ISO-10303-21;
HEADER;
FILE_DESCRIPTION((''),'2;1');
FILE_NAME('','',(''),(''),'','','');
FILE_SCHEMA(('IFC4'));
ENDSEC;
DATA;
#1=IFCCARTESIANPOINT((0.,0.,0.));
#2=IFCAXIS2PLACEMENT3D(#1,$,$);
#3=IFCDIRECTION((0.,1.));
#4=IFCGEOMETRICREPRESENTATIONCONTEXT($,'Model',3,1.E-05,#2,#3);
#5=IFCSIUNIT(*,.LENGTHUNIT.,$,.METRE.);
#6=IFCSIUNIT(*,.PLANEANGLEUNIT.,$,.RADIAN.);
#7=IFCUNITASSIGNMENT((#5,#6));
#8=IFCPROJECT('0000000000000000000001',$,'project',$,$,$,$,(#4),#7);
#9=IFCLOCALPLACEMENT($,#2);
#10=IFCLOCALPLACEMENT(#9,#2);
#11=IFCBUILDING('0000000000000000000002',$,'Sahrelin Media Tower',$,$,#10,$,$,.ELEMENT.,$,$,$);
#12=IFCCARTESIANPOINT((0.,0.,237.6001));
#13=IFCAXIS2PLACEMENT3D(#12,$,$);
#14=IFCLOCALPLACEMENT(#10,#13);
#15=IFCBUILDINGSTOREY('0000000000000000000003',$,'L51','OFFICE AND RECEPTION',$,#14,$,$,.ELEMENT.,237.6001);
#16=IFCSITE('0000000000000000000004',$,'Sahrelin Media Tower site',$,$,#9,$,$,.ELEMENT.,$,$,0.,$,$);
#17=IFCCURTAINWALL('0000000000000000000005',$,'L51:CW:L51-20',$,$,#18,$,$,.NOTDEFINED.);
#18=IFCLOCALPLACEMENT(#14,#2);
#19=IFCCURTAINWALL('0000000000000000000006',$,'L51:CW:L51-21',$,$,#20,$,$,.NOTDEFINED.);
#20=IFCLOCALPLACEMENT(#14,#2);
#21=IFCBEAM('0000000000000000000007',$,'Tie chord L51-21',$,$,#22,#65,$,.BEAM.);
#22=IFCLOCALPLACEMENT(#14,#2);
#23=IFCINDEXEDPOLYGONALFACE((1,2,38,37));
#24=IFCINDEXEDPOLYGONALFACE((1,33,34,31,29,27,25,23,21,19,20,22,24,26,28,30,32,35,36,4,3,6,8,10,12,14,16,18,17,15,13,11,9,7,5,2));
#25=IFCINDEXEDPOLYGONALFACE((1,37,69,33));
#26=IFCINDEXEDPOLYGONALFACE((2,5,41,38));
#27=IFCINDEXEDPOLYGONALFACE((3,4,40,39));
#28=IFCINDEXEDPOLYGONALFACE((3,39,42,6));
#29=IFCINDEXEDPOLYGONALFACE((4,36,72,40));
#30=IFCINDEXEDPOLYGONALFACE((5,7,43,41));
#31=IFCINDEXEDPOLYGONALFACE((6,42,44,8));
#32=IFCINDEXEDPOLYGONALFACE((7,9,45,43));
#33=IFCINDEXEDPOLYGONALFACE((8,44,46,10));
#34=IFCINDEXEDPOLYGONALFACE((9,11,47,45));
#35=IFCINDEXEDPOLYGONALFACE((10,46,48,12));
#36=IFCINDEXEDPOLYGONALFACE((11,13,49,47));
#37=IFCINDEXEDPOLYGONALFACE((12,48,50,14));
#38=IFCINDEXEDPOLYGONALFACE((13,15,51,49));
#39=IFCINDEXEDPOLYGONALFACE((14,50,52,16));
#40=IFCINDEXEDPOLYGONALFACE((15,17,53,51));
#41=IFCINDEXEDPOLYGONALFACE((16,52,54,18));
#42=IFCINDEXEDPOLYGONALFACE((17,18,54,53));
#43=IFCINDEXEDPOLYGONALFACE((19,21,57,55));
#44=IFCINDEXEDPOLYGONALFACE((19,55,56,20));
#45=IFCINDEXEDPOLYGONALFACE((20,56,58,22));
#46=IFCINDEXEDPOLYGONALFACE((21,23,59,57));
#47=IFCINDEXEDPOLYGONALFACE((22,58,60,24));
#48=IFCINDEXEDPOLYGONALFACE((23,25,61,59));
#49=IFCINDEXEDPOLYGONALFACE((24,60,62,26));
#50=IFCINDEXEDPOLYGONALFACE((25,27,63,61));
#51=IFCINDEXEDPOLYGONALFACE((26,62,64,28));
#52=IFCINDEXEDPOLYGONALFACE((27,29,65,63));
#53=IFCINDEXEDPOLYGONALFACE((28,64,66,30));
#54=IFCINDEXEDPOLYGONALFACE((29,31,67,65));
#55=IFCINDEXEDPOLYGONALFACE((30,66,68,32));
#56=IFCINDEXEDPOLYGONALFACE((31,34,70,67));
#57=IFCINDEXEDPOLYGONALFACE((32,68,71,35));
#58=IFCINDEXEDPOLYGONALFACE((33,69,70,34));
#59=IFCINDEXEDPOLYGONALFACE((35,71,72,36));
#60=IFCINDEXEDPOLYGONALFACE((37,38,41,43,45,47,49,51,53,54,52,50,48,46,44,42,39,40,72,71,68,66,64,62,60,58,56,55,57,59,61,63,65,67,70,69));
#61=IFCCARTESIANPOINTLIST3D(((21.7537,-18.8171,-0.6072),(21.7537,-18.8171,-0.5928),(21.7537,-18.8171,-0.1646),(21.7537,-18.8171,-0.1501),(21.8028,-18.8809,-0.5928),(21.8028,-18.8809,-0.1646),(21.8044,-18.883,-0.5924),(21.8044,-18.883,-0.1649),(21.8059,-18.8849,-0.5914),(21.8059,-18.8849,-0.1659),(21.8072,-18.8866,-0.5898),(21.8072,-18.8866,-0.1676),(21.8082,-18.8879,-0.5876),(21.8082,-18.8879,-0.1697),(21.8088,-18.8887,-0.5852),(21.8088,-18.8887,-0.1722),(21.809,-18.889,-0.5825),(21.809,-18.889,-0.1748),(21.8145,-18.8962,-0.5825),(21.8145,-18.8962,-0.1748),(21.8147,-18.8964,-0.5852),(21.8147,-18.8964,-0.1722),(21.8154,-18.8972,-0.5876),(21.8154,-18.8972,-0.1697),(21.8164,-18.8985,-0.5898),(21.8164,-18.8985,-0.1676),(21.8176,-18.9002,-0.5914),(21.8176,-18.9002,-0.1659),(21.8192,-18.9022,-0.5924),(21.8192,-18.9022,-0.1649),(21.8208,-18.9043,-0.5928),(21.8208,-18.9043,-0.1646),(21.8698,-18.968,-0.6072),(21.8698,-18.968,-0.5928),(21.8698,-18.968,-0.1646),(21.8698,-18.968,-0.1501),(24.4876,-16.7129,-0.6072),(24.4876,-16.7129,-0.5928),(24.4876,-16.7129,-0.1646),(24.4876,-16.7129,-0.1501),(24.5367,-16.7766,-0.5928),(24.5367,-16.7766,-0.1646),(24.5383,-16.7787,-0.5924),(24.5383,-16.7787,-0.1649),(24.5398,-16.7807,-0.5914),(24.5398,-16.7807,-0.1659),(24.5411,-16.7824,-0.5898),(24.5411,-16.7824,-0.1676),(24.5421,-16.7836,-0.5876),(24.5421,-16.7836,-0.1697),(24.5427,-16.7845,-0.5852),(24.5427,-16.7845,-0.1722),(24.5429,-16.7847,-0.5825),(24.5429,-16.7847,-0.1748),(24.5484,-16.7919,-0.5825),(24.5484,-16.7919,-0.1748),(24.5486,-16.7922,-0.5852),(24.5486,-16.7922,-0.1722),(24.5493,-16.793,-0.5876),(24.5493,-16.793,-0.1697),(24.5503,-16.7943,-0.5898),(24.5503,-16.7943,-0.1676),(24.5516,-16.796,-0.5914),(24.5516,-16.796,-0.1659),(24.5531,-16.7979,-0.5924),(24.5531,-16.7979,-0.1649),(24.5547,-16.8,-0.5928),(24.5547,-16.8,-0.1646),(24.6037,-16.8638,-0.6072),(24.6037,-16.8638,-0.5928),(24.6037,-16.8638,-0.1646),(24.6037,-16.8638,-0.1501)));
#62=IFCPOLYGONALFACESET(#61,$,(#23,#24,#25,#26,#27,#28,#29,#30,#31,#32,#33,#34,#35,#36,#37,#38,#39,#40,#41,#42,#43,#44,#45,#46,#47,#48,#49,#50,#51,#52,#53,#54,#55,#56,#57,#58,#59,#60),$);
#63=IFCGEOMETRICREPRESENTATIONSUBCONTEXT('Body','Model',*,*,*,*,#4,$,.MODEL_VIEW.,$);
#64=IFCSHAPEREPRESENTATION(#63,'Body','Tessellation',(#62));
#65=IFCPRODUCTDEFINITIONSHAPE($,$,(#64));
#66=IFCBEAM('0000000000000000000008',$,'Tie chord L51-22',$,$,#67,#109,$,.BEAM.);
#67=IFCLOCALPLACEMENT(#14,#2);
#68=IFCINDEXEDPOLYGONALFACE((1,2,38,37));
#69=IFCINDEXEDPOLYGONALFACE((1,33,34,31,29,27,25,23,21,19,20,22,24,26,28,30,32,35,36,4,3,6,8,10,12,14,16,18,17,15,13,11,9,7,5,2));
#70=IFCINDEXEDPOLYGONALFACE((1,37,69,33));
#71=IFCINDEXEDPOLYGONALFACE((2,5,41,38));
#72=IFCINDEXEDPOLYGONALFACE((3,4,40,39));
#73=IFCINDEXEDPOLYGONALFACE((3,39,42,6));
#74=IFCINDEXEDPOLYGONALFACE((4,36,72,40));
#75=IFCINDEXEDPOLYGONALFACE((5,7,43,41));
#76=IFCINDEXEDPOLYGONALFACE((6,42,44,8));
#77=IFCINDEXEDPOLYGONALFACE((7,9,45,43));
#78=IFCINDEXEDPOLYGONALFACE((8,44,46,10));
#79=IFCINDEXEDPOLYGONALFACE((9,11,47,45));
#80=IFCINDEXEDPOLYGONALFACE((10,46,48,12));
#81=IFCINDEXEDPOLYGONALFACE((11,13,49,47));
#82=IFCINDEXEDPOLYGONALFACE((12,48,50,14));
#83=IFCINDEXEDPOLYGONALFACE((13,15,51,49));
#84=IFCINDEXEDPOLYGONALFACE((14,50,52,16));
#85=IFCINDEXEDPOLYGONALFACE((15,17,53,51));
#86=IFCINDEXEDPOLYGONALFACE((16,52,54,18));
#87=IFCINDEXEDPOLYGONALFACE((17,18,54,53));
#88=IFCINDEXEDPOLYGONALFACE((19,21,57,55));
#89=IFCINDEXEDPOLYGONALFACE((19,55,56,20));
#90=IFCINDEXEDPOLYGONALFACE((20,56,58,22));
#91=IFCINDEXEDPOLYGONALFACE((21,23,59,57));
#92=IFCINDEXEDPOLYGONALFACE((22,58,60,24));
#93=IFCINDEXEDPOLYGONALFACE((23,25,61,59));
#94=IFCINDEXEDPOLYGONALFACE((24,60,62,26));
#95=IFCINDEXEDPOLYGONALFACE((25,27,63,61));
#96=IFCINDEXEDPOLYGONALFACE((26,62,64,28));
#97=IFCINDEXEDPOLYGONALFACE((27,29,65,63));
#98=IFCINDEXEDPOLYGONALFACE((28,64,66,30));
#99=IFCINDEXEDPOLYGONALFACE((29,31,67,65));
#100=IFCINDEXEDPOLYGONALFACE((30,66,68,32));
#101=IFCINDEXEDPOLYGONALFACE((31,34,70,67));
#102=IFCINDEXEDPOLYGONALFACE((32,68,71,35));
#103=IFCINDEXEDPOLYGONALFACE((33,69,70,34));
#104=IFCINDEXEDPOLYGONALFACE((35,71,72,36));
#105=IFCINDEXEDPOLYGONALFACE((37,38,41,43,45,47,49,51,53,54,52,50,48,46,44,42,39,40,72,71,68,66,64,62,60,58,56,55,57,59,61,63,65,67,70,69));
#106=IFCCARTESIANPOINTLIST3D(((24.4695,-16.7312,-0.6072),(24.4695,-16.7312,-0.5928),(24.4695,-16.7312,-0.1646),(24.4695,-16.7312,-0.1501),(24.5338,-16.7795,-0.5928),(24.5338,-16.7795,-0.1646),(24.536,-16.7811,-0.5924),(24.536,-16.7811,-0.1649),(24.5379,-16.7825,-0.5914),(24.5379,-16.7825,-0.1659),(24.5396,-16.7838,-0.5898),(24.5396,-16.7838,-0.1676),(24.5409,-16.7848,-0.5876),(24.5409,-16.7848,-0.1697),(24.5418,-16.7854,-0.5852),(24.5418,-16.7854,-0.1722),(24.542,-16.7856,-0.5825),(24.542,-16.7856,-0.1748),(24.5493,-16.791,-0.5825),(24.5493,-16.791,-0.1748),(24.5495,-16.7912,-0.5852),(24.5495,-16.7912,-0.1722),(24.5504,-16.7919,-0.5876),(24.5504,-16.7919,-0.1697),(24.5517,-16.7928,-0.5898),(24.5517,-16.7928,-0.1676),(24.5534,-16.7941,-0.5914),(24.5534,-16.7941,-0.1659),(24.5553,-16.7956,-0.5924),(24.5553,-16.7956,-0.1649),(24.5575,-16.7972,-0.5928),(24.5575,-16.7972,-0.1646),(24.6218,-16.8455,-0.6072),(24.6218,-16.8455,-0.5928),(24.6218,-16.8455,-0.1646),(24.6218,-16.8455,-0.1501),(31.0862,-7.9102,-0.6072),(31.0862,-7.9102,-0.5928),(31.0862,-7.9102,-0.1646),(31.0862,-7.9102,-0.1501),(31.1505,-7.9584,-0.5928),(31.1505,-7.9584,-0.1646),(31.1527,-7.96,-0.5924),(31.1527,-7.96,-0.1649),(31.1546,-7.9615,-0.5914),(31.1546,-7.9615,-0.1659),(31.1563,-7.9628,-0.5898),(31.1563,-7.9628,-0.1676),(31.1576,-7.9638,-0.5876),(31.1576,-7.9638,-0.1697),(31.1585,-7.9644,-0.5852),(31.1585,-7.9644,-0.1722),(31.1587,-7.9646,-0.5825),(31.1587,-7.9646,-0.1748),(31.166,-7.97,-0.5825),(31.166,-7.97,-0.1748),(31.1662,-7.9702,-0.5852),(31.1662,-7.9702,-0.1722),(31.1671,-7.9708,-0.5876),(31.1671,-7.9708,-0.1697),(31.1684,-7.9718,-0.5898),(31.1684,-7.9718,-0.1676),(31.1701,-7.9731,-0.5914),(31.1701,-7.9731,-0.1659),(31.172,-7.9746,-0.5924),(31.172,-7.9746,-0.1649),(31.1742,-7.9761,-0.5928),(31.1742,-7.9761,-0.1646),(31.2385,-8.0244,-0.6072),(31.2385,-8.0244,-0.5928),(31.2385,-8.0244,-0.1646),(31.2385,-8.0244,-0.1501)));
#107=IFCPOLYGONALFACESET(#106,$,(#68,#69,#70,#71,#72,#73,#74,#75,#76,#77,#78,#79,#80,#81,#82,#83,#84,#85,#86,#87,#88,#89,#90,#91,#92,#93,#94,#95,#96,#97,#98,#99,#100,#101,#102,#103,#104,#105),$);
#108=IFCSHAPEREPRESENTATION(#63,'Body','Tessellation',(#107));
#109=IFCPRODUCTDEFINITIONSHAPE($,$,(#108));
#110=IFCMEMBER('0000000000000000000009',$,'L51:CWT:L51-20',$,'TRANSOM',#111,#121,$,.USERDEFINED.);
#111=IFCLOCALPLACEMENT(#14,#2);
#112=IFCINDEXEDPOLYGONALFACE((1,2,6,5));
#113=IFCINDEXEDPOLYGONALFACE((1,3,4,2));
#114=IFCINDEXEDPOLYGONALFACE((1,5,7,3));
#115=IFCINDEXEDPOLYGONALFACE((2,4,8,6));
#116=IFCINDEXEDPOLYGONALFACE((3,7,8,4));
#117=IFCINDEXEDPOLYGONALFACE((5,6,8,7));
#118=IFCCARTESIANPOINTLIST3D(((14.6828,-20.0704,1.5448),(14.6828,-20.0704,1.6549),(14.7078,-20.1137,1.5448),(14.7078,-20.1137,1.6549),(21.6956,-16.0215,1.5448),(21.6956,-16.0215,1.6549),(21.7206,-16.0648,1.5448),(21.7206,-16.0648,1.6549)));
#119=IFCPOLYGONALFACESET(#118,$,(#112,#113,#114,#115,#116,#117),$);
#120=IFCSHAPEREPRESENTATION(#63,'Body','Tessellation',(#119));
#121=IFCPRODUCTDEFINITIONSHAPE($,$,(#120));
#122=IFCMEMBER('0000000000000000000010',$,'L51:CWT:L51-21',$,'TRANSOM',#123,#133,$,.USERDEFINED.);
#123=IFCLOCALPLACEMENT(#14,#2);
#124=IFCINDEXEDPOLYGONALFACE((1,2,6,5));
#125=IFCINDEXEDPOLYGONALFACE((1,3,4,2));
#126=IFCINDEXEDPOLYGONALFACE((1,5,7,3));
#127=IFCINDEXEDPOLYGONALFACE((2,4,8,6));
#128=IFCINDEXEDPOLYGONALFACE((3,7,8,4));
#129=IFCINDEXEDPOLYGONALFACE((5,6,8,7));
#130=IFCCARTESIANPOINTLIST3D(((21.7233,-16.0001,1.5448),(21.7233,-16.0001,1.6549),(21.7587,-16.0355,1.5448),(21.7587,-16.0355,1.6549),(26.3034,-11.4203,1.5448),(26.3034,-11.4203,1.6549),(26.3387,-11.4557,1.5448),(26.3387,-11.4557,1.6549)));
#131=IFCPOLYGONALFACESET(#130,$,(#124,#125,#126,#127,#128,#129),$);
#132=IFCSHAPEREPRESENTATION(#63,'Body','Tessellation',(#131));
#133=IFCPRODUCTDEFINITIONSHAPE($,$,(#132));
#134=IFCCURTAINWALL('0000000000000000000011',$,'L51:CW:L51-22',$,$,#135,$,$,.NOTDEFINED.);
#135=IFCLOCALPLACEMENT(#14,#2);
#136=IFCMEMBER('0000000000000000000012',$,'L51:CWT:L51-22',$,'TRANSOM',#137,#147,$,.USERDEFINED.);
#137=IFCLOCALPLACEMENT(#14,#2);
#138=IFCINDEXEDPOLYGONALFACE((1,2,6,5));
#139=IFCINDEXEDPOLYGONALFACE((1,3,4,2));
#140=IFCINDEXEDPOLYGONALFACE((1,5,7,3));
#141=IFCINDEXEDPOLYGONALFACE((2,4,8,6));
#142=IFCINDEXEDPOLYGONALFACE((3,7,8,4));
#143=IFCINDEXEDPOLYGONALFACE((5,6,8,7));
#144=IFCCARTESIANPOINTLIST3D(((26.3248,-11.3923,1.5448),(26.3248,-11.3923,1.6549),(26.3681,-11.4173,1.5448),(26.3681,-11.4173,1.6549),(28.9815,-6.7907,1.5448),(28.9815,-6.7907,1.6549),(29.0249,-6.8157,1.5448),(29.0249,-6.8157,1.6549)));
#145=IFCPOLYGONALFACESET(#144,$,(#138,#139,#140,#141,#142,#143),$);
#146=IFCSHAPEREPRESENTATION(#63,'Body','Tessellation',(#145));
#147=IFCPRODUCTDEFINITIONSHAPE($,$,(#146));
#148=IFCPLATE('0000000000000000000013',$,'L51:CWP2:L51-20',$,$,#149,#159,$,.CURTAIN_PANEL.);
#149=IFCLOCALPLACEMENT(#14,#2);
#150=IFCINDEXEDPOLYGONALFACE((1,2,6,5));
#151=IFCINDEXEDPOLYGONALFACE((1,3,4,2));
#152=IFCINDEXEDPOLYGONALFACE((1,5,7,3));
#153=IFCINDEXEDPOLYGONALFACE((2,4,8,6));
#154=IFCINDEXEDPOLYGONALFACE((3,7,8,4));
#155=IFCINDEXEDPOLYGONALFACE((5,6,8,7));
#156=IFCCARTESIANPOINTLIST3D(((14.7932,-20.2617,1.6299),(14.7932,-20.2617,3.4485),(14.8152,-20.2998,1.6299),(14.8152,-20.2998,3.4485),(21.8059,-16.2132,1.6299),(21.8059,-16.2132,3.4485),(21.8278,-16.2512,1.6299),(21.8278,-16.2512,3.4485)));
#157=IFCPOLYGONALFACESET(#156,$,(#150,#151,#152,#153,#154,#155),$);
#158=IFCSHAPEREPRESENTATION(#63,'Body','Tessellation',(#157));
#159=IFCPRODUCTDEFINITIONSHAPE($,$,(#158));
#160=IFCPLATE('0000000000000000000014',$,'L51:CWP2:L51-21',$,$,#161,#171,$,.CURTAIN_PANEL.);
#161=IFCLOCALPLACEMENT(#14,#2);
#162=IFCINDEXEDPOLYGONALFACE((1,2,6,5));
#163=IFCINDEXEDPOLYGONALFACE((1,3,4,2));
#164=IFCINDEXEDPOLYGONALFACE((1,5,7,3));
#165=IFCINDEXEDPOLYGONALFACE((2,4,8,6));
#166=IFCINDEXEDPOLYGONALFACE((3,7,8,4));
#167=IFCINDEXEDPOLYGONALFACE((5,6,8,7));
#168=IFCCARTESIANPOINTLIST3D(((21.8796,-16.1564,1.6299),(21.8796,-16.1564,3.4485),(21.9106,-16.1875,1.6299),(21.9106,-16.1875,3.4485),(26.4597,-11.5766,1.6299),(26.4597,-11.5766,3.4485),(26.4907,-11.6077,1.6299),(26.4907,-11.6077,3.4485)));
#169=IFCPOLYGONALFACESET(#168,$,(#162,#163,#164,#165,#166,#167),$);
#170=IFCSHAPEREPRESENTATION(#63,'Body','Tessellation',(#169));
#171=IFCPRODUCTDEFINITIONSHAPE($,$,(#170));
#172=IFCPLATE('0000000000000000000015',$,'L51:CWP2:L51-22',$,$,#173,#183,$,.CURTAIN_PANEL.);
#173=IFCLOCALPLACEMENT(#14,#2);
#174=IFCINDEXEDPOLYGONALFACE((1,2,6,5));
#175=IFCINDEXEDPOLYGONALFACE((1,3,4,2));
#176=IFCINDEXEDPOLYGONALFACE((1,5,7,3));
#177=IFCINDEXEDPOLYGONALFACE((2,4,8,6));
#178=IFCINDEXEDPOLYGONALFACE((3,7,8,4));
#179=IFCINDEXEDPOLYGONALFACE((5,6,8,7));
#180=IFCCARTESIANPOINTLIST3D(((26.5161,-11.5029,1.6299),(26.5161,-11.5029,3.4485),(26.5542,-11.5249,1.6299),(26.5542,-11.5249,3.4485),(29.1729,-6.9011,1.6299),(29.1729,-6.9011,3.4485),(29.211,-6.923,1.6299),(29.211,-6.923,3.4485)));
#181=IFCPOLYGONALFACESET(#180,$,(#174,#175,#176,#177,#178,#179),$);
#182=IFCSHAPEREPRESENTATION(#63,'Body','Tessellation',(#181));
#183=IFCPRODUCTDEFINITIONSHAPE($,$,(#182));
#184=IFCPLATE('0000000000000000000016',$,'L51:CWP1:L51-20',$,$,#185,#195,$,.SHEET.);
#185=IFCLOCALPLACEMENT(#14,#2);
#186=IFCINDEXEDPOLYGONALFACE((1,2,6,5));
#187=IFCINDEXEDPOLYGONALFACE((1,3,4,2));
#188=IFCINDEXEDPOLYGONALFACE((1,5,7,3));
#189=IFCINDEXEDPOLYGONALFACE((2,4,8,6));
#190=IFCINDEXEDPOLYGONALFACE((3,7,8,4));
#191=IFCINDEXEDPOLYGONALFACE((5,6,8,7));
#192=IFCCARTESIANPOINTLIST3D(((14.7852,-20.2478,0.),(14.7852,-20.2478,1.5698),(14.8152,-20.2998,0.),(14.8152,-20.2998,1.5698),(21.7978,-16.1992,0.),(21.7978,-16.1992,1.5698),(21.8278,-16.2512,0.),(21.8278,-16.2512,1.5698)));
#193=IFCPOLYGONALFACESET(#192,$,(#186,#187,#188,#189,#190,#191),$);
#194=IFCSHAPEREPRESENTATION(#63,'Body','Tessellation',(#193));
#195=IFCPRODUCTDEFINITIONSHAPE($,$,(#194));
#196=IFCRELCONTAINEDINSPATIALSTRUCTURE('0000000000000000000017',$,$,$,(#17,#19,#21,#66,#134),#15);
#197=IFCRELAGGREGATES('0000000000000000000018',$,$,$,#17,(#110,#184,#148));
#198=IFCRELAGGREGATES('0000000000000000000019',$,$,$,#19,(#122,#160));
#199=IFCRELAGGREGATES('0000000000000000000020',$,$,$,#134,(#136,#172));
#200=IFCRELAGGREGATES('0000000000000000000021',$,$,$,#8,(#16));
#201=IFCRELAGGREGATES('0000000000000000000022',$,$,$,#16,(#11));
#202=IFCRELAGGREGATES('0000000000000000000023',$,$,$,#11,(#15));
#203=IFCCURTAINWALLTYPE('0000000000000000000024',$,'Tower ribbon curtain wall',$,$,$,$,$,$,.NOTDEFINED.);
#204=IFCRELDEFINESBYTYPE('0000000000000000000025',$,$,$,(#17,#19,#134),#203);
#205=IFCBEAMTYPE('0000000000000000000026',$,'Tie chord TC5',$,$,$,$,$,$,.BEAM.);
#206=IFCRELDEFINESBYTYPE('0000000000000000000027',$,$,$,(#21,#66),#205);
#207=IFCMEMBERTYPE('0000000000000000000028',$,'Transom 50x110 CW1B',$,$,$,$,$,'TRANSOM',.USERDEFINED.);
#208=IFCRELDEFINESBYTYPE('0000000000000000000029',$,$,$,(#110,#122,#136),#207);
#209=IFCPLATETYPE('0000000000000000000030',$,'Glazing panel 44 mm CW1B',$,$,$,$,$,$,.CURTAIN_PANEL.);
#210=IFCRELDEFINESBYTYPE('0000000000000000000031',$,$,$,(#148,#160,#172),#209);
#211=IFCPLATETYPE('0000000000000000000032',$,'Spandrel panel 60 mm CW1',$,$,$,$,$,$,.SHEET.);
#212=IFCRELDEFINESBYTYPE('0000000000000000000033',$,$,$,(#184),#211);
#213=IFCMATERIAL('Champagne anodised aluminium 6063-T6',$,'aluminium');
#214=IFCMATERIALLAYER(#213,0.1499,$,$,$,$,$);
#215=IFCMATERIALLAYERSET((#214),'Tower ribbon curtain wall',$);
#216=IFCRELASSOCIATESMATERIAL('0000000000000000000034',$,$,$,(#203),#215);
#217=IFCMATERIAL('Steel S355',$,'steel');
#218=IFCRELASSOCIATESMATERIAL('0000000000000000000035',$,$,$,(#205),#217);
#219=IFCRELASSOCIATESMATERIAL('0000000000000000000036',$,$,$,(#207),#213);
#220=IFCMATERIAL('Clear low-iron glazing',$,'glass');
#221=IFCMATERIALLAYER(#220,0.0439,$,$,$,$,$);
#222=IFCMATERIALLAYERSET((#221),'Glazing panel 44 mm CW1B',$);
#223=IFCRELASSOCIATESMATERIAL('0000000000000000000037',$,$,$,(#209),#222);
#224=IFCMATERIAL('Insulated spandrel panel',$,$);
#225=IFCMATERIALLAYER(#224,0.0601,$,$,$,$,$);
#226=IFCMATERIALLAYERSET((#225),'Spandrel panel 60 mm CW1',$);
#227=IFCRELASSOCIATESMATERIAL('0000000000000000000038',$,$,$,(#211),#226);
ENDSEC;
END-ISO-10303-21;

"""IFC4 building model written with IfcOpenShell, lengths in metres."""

from ifc_helpers import new_model, si_unit, direction, frame, origin, origin_2d, place, context, subcontext, project, spatial, polyline, rectangle, i_section, outline, extrude, material, layer, layer_set, material_profile, profile_set, type_object, element, aggregate, save


model = new_model("IFC4")

# Units and contexts
model_context = context("Model", 3, precision=1e-05, world=origin(), true_north=direction((0.0, 1.0)))
body_context = subcontext(model_context, "Body", "Model", "MODEL_VIEW")
ifc_project = project(units=[si_unit("LENGTHUNIT", "METRE"), si_unit("PLANEANGLEUNIT", "RADIAN")], contexts=[model_context])

# Site, building, storey
site_placement = place(None, origin())
site = spatial("IfcSite", under=ifc_project, at=site_placement, Name="Sahrelin Media Tower site", CompositionType="ELEMENT", RefElevation=0.0)
building_placement = place(site_placement, origin())
building = spatial("IfcBuilding", under=site, at=building_placement, Name="Sahrelin Media Tower", CompositionType="ELEMENT")
storey_placement = place(building_placement, frame((0.0, 0.0, 237.6001)))
storey = spatial("IfcBuildingStorey", under=building, at=storey_placement, Name="L51", Description="OFFICE AND RECEPTION", CompositionType="ELEMENT", Elevation=237.6001)

# Shared definitions
ifc_material_1 = material(Name="Steel S355", Category="steel")

# Curtain walls
ifc_material_2 = material(Name="Champagne anodised aluminium 6063-T6", Category="aluminium")
ifc_layer_1 = layer(ifc_material_2, 0.1499)
ifc_layer_set_1 = layer_set([ifc_layer_1], Name="Tower ribbon curtain wall")
curtain_wall_type = type_object("IfcCurtainWallType", Name="Tower ribbon curtain wall", PredefinedType="NOTDEFINED", material=ifc_layer_set_1)
curtain_wall_1_placement = place(storey_placement, frame((18.3115, -18.2581, 0.0), z_axis=(0.0, 0.0, 1.0), x_axis=(1.0, 0.0, 0.0)))
curtain_wall_1 = element("IfcCurtainWall", 1, at=curtain_wall_1_placement, inside=storey, type_object=curtain_wall_type, Name="L51:CW:L51-20", PredefinedType="NOTDEFINED")
curtain_wall_2_placement = place(storey_placement, frame((24.1865, -13.8835, 0.0), z_axis=(0.0, 0.0, 1.0), x_axis=(1.0, 0.0, 0.0)))
curtain_wall_2 = element("IfcCurtainWall", 2, at=curtain_wall_2_placement, inside=storey, type_object=curtain_wall_type, Name="L51:CW:L51-21", PredefinedType="NOTDEFINED")

# Beams
ifc_material_profile_1 = material_profile(ifc_material_1, i_section(OverallWidth=0.1904, OverallDepth=0.457, WebThickness=0.009, FlangeThickness=0.0144, FilletRadius=0.0103, at=origin_2d()), Name="UB 457x191x74")
ifc_profile_set_1 = profile_set([ifc_material_profile_1], Name="Steel S355")
beam_type_1 = type_object("IfcBeamType", Name="Tie chord TC5", PredefinedType="BEAM", material=ifc_profile_set_1)
beam_1_placement = place(storey_placement, frame((21.8118, -18.8926, -0.3787), z_axis=(0.792448, 0.60994, 0.0), x_axis=(-0.60994, 0.792448, 0.0)))
element("IfcBeam", 3, at=beam_1_placement, inside=storey, type_object=beam_type_1, Name="Tie chord L51-21", PredefinedType="BEAM", context=body_context, shape_type="SweptSolid", body=[
    extrude(i_section(OverallWidth=0.1904, OverallDepth=0.457, WebThickness=0.009, FlangeThickness=0.0144, FilletRadius=0.0103, at=origin_2d()), origin(), (0.0, 0.0, 1.0), 3.45),
])
beam_2_placement = place(storey_placement, frame((24.5457, -16.7883, -0.3787), z_axis=(0.600053, 0.79996, 0.0), x_axis=(-0.79996, 0.600053, 0.0)))
element("IfcBeam", 4, at=beam_2_placement, inside=storey, type_object=beam_type_1, Name="Tie chord L51-22", PredefinedType="BEAM", context=body_context, shape_type="SweptSolid", body=[
    extrude(i_section(OverallWidth=0.1904, OverallDepth=0.457, WebThickness=0.009, FlangeThickness=0.0144, FilletRadius=0.0103, at=origin_2d()), origin(), (0.0, 0.0, 1.0), 11.0269),
])

# Members
ifc_material_profile_2 = material_profile(ifc_material_2, rectangle(XDim=0.05, YDim=0.1101, at=origin_2d()), Name="Transom 50x110")
ifc_profile_set_2 = profile_set([ifc_material_profile_2], Name="Champagne anodised aluminium 6063-T6")
member_type_1 = type_object("IfcMemberType", Name="Transom 50x110 CW1B", ElementType="TRANSOM", PredefinedType="USERDEFINED", material=ifc_profile_set_2)
member_1_placement = place(storey_placement, frame((14.6953, -20.092, 1.5999), z_axis=(0.866023, 0.500004, 0.0), x_axis=(-0.500004, 0.866023, 0.0)))
member_1 = element("IfcMember", 5, at=member_1_placement, type_object=member_type_1, Name="L51:CWT:L51-20", ObjectType="TRANSOM", PredefinedType="USERDEFINED", context=body_context, shape_type="SweptSolid", body=[
    extrude(rectangle(XDim=0.05, YDim=0.1101, at=origin_2d()), origin(), (0.0, 0.0, 1.0), 8.0977),
])
member_2_placement = place(storey_placement, frame((21.741, -16.0178, 1.5999), z_axis=(0.707126, 0.707088, 0.0), x_axis=(-0.707088, 0.707126, 0.0)))
member_2 = element("IfcMember", 6, at=member_2_placement, type_object=member_type_1, Name="L51:CWT:L51-21", ObjectType="TRANSOM", PredefinedType="USERDEFINED", context=body_context, shape_type="SweptSolid", body=[
    extrude(rectangle(XDim=0.05, YDim=0.1101, at=origin_2d()), origin(), (0.0, 0.0, 1.0), 6.4771),
])

# Curtain wall, member
curtain_wall_3_placement = place(storey_placement, frame((27.8652, -9.2141, 0.0), z_axis=(0.0, 0.0, 1.0), x_axis=(1.0, 0.0, 0.0)))
curtain_wall_3 = element("IfcCurtainWall", 7, at=curtain_wall_3_placement, inside=storey, type_object=curtain_wall_type, Name="L51:CW:L51-22", PredefinedType="NOTDEFINED")
member_3_placement = place(storey_placement, frame((26.3464, -11.4048, 1.5999), z_axis=(0.500004, 0.866023, 0.0), x_axis=(-0.866023, 0.500004, 0.0)))
member_3 = element("IfcMember", 8, at=member_3_placement, type_object=member_type_1, Name="L51:CWT:L51-22", ObjectType="TRANSOM", PredefinedType="USERDEFINED", context=body_context, shape_type="SweptSolid", body=[
    extrude(rectangle(XDim=0.05, YDim=0.1101, at=origin_2d()), origin(), (0.0, 0.0, 1.0), 5.3135),
])

# Plates
ifc_material_3 = material(Name="Clear low-iron glazing", Category="glass")
ifc_layer_2 = layer(ifc_material_3, 0.0439)
ifc_layer_set_2 = layer_set([ifc_layer_2], Name="Glazing panel 44 mm CW1B")
plate_type_1 = type_object("IfcPlateType", Name="Glazing panel 44 mm CW1B", PredefinedType="CURTAIN_PANEL", material=ifc_layer_set_2)
plate_1_placement = place(storey_placement, frame((14.8152, -20.2998, 1.6299), z_axis=(0.499982, -0.866036, 0.0), x_axis=(0.866036, 0.499982, 0.0)))
plate_1 = element("IfcPlate", 9, at=plate_1_placement, type_object=plate_type_1, Name="L51:CWP2:L51-20", PredefinedType="CURTAIN_PANEL", context=body_context, shape_type="SweptSolid", body=[
    extrude(outline(polyline([(0.0, 0.0), (8.0974, 0.0), (8.0974, 1.8186), (0.0, 1.8186), (0.0, 0.0)])), origin(), (0.0, 0.0, -1.0), 0.0439),
])
plate_2_placement = place(storey_placement, frame((21.9106, -16.1875, 1.6299), z_axis=(0.707088, -0.707126, 0.0), x_axis=(0.707126, 0.707088, 0.0)))
plate_2 = element("IfcPlate", 10, at=plate_2_placement, type_object=plate_type_1, Name="L51:CWP2:L51-21", PredefinedType="CURTAIN_PANEL", context=body_context, shape_type="SweptSolid", body=[
    extrude(outline(polyline([(0.0, 0.0), (6.4771, 0.0), (6.4771, 1.8186), (0.0, 1.8186), (0.0, 0.0)])), origin(), (0.0, 0.0, -1.0), 0.0439),
])
plate_3_placement = place(storey_placement, frame((26.5542, -11.5249, 1.6299), z_axis=(0.866035, -0.499984, 0.0), x_axis=(0.499984, 0.866035, 0.0)))
plate_3 = element("IfcPlate", 11, at=plate_3_placement, type_object=plate_type_1, Name="L51:CWP2:L51-22", PredefinedType="CURTAIN_PANEL", context=body_context, shape_type="SweptSolid", body=[
    extrude(outline(polyline([(0.0, 0.0), (5.3137, 0.0), (5.3137, 1.8186), (0.0, 1.8186), (0.0, 0.0)])), origin(), (0.0, 0.0, -1.0), 0.0439),
])
ifc_material_4 = material(Name="Insulated spandrel panel")
ifc_layer_3 = layer(ifc_material_4, 0.0601)
ifc_layer_set_3 = layer_set([ifc_layer_3], Name="Spandrel panel 60 mm CW1")
plate_type_2 = type_object("IfcPlateType", Name="Spandrel panel 60 mm CW1", PredefinedType="SHEET", material=ifc_layer_set_3)
plate_4_placement = place(storey_placement, frame((14.8152, -20.2998, 0.0), z_axis=(0.499982, -0.866036, 0.0), x_axis=(0.866036, 0.499982, 0.0)))
plate_4 = element("IfcPlate", 12, at=plate_4_placement, type_object=plate_type_2, Name="L51:CWP1:L51-20", PredefinedType="SHEET", context=body_context, shape_type="SweptSolid", body=[
    extrude(outline(polyline([(0.0, 0.0), (8.0974, 0.0), (8.0974, 1.5698), (0.0, 1.5698), (0.0, 0.0)])), origin(), (0.0, 0.0, -1.0), 0.0601),
])
aggregate(curtain_wall_1, [member_1, plate_4, plate_1])
aggregate(curtain_wall_2, [member_2, plate_2])
aggregate(curtain_wall_3, [member_3, plate_3])

save(model, "model.ifc")
